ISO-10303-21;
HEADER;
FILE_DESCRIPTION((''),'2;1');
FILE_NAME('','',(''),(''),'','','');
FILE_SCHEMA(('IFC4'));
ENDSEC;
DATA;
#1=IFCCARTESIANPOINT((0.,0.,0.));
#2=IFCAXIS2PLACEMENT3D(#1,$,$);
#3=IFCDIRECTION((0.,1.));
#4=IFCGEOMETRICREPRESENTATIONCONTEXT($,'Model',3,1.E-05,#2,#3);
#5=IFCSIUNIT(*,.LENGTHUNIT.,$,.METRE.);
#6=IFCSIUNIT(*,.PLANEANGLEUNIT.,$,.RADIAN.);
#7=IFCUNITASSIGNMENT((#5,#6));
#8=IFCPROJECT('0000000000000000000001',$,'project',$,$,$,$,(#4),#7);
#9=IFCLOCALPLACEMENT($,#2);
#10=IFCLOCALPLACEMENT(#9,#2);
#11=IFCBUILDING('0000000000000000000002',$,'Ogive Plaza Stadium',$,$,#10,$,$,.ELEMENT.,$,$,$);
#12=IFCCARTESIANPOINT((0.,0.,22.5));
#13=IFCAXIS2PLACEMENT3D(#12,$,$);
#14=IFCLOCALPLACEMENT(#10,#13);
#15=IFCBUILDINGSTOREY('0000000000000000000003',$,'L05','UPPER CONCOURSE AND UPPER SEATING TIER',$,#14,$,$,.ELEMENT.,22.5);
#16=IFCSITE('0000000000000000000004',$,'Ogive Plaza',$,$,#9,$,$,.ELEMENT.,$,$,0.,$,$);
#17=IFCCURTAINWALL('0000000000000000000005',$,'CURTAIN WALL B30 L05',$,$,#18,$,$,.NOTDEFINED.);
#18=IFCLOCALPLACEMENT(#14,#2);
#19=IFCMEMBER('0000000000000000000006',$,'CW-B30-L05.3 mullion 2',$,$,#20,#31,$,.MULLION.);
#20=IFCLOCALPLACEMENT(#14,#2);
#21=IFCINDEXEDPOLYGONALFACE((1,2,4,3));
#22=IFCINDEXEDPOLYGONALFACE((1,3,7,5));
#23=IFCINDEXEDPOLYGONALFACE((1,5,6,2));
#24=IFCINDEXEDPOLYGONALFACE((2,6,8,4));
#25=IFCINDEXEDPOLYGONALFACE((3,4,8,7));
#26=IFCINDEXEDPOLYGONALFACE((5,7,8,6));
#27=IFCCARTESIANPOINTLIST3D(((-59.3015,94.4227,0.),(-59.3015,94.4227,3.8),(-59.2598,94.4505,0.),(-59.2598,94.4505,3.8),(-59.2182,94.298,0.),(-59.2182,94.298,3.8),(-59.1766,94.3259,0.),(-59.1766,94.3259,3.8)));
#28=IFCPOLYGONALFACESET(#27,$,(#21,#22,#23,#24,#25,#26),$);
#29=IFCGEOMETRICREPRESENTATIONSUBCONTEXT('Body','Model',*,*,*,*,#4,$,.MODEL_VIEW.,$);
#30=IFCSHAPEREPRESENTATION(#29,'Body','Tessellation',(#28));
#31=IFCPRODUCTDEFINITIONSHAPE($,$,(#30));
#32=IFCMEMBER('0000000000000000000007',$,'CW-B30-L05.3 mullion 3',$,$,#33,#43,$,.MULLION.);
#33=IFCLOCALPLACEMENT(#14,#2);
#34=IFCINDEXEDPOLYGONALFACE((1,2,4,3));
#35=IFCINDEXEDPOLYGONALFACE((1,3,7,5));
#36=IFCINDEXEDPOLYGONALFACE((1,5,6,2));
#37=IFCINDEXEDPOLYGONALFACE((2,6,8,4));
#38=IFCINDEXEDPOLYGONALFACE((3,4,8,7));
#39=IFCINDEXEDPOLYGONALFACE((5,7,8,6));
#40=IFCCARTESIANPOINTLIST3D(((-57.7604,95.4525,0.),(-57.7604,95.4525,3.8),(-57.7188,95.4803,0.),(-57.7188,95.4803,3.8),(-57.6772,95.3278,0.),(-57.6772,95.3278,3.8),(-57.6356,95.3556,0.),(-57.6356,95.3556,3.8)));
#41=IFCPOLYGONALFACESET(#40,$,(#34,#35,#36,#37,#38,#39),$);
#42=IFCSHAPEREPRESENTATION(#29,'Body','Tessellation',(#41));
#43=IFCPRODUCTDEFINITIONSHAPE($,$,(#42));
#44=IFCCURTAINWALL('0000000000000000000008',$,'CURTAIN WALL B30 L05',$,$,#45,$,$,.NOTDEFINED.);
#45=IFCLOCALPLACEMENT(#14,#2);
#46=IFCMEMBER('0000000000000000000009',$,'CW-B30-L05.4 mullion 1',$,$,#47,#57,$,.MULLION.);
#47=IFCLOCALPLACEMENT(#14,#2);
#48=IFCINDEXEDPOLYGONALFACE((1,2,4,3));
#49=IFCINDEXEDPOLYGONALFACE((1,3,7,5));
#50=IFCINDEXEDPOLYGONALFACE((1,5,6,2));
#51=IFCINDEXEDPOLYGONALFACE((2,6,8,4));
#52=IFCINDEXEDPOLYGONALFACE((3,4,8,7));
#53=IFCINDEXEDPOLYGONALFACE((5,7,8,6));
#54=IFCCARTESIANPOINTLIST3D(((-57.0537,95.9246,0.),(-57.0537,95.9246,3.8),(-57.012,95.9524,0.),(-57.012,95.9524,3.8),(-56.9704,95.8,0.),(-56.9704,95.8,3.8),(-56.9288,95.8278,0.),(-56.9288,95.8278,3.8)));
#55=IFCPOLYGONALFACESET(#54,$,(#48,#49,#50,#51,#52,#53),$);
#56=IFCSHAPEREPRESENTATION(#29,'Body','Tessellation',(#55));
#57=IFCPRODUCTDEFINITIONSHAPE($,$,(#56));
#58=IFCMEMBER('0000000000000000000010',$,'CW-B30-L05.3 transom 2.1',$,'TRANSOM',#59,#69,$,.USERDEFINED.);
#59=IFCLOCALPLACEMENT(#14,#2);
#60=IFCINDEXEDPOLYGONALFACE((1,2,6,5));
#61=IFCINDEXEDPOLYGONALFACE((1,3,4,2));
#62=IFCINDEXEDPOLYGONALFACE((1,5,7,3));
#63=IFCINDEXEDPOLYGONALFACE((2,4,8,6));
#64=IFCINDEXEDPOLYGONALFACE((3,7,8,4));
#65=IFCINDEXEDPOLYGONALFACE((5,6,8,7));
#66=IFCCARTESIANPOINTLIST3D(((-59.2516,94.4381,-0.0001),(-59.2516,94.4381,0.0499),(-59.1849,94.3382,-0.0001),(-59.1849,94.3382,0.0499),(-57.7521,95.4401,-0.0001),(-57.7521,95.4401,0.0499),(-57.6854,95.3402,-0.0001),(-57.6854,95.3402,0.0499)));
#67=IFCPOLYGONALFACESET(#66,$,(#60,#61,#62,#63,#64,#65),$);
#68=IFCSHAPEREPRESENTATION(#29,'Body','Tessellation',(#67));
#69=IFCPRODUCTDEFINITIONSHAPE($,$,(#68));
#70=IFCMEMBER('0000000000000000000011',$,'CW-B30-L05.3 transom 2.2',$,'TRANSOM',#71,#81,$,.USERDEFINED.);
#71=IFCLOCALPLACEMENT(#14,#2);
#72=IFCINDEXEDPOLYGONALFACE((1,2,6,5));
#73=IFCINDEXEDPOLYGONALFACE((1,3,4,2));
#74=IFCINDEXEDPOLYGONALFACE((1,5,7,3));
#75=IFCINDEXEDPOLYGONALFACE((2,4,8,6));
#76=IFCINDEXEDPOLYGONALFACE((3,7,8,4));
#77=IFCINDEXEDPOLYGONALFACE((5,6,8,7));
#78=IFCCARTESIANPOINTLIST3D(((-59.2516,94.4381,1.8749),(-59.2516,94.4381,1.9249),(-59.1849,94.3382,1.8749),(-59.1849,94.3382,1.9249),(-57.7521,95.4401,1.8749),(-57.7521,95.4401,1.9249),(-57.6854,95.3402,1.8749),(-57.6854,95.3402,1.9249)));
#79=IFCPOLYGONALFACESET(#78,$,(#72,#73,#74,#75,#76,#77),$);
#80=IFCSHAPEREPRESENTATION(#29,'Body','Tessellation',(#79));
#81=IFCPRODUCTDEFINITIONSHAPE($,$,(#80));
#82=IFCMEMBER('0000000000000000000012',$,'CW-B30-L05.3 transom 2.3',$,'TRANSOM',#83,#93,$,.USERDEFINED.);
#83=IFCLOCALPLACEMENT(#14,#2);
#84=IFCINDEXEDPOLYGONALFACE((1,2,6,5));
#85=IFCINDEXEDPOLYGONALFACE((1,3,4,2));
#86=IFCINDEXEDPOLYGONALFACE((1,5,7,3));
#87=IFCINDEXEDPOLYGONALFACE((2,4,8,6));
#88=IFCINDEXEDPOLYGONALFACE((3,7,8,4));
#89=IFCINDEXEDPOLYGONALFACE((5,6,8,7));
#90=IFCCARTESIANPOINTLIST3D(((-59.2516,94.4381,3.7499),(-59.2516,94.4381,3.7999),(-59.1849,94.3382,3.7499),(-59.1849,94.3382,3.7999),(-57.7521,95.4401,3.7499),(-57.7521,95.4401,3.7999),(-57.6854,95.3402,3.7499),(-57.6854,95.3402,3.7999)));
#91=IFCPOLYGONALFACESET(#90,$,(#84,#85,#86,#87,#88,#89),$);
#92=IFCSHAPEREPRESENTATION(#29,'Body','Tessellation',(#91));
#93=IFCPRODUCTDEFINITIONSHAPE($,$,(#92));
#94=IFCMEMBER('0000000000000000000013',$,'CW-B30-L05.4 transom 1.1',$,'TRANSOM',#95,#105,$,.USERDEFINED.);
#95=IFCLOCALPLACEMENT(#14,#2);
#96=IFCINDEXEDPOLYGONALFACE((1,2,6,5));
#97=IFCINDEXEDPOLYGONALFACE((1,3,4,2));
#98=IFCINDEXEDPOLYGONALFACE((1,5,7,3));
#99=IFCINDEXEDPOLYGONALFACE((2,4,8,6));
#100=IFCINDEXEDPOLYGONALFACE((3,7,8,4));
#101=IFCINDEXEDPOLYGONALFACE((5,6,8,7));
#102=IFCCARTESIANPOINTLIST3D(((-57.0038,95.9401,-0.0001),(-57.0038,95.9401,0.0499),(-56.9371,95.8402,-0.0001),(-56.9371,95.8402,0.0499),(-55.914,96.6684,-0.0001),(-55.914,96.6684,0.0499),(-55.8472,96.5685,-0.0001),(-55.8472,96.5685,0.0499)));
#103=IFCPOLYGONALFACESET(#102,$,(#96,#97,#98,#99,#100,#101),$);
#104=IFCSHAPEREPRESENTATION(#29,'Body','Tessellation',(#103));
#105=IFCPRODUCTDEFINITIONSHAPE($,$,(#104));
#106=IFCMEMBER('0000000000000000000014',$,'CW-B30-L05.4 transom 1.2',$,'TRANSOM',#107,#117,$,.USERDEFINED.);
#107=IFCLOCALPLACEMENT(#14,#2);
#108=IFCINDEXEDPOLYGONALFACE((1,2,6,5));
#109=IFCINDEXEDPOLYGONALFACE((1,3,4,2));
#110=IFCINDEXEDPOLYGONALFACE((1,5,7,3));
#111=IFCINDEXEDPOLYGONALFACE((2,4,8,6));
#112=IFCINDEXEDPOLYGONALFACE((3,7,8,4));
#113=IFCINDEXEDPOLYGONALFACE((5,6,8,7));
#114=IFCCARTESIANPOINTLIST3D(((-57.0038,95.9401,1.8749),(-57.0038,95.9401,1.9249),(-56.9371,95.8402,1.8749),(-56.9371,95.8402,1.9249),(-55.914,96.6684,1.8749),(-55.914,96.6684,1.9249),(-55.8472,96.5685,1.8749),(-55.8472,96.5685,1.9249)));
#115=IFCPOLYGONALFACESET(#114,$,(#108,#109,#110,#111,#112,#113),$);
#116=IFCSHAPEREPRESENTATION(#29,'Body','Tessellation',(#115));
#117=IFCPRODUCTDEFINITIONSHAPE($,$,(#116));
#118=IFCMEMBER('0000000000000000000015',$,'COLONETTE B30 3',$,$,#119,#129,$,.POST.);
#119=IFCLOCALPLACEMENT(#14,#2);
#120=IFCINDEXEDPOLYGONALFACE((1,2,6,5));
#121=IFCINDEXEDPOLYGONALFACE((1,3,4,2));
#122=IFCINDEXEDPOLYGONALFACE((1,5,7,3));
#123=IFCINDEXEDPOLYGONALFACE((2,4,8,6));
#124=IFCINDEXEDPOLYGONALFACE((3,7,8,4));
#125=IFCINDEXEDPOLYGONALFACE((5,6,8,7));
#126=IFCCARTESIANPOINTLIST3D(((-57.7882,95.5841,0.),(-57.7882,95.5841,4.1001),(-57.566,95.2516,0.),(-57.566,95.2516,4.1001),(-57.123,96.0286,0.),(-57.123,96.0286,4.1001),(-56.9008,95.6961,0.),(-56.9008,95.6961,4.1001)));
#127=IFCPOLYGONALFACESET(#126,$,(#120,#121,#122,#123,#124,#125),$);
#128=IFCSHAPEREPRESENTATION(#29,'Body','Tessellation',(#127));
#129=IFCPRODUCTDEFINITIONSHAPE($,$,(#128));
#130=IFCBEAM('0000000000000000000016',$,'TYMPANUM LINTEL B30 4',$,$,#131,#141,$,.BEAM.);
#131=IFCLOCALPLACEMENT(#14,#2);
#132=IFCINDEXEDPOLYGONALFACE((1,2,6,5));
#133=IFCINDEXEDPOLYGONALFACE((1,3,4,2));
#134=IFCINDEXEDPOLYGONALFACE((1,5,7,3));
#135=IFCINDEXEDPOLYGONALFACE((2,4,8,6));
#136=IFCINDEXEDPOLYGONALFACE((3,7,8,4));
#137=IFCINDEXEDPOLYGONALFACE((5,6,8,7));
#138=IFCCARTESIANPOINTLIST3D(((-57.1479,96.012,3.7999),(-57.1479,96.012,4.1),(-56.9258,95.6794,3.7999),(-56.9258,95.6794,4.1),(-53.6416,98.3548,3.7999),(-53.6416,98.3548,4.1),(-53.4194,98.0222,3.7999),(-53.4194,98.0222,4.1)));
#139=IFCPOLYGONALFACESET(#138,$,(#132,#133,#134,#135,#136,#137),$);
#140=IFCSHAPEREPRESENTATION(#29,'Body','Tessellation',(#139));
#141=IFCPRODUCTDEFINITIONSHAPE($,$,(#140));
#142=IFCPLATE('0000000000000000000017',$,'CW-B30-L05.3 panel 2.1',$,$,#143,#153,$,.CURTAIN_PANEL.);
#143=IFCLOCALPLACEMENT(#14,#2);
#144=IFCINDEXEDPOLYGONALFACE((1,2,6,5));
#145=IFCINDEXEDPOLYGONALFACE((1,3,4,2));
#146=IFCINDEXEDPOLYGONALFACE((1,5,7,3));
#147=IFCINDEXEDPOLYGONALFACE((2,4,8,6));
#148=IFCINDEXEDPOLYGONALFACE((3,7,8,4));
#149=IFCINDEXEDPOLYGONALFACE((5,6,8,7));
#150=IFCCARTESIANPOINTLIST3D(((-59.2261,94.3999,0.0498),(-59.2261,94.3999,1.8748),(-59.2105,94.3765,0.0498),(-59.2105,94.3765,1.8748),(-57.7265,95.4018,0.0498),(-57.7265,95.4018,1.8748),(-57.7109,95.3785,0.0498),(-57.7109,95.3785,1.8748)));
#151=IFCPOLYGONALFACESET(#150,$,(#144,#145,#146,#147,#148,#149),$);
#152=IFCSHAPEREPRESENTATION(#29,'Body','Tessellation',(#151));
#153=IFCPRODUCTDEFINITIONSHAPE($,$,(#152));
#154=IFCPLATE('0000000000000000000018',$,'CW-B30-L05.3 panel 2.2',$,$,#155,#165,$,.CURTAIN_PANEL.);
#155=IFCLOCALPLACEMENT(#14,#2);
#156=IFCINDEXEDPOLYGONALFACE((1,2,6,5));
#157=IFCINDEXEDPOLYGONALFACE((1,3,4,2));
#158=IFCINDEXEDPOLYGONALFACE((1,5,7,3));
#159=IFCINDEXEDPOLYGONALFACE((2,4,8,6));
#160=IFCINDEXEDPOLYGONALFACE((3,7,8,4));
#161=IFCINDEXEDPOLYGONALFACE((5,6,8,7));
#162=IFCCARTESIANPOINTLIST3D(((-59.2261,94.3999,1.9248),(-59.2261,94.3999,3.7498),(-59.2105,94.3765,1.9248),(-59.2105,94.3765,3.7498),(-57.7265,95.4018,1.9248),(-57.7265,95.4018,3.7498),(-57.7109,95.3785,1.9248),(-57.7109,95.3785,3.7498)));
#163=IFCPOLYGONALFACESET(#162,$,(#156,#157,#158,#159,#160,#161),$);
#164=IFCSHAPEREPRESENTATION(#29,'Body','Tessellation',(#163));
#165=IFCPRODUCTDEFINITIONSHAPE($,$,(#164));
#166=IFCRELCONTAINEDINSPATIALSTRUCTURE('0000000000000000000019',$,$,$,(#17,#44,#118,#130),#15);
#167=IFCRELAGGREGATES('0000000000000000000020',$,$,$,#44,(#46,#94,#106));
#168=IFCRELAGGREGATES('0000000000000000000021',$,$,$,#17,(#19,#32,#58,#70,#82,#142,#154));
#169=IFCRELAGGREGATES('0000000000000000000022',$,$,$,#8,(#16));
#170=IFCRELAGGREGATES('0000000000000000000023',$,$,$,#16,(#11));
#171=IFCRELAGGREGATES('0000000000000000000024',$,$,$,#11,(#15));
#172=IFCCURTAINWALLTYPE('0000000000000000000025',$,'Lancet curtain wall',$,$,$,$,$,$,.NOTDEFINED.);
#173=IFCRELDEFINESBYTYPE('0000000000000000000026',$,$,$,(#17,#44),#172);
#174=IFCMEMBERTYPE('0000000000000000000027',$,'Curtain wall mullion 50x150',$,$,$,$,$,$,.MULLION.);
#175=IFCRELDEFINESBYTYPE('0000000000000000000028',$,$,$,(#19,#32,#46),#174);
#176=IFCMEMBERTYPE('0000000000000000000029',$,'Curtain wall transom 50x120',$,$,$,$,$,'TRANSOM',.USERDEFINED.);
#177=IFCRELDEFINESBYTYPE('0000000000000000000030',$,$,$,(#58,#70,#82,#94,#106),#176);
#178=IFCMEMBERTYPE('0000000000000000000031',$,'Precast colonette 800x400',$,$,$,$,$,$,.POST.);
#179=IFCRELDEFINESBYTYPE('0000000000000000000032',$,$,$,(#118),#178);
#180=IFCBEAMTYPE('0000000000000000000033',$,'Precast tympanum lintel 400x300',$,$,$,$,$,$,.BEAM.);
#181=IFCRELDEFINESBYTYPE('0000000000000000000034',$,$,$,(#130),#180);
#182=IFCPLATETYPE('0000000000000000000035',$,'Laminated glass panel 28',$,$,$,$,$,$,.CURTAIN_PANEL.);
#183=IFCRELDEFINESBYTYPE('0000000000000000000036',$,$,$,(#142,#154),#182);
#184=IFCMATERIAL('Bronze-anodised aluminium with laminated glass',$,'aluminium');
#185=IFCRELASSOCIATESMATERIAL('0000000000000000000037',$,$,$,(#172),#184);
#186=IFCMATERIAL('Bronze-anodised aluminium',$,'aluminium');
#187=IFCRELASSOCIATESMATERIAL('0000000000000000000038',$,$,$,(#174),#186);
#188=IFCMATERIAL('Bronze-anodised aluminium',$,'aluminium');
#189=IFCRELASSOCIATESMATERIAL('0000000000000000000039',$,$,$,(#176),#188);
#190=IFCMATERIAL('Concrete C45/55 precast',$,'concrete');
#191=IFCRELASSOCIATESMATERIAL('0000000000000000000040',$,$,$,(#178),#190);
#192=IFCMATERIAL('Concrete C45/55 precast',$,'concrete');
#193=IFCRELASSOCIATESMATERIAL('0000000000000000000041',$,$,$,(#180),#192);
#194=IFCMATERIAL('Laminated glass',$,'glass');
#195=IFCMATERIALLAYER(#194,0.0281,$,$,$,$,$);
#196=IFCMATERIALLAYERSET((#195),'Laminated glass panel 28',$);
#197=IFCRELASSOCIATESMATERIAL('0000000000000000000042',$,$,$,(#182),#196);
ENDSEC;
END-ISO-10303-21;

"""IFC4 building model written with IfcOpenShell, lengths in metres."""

from ifc_helpers import new_model, si_unit, direction, frame, origin, origin_2d, place, context, subcontext, project, spatial, rectangle, extrude, material, layer, layer_set, material_profile, profile_set, type_object, element, aggregate, save


model = new_model("IFC4")

# Units and contexts
model_context = context("Model", 3, precision=1e-05, world=origin(), true_north=direction((0.0, 1.0)))
body_context = subcontext(model_context, "Body", "Model", "MODEL_VIEW")
ifc_project = project(units=[si_unit("LENGTHUNIT", "METRE"), si_unit("PLANEANGLEUNIT", "RADIAN")], contexts=[model_context])

# Site, building, storey
site_placement = place(None, origin())
site = spatial("IfcSite", under=ifc_project, at=site_placement, Name="Ogive Plaza", CompositionType="ELEMENT", RefElevation=0.0)
building_placement = place(site_placement, origin())
building = spatial("IfcBuilding", under=site, at=building_placement, Name="Ogive Plaza Stadium", CompositionType="ELEMENT")
storey_placement = place(building_placement, frame((0.0, 0.0, 22.5)))
storey = spatial("IfcBuildingStorey", under=building, at=storey_placement, Name="L05", Description="UPPER CONCOURSE AND UPPER SEATING TIER", CompositionType="ELEMENT", Elevation=22.5)

# Curtain wall, members
ifc_material_1 = material(Name="Bronze-anodised aluminium with laminated glass", Category="aluminium")
curtain_wall_type = type_object("IfcCurtainWallType", Name="Lancet curtain wall", PredefinedType="NOTDEFINED", material=ifc_material_1)
curtain_wall_1_placement = place(storey_placement, origin())
curtain_wall_1 = element("IfcCurtainWall", 1, at=curtain_wall_1_placement, inside=storey, type_object=curtain_wall_type, Name="CURTAIN WALL B30 L05", PredefinedType="NOTDEFINED")
ifc_material_2 = material(Name="Bronze-anodised aluminium", Category="aluminium")
ifc_material_profile_1 = material_profile(ifc_material_2, rectangle(XDim=0.1499, YDim=0.05, at=origin_2d()), Name="AL 150x50")
ifc_profile_set_1 = profile_set([ifc_material_profile_1], Name="Bronze-anodised aluminium")
member_type_1 = type_object("IfcMemberType", Name="Curtain wall mullion 50x150", PredefinedType="MULLION", material=ifc_profile_set_1)
member_1_placement = place(storey_placement, frame((-59.239, 94.3743, 0.0), z_axis=(0.0, 0.0, 1.0), x_axis=(-0.55557, 0.83147, 0.0)))
member_1 = element("IfcMember", 2, at=member_1_placement, type_object=member_type_1, Name="CW-B30-L05.3 mullion 2", PredefinedType="MULLION", context=body_context, shape_type="SweptSolid", body=[
    extrude(rectangle(XDim=0.1499, YDim=0.05, at=origin_2d()), origin(), (0.0, 0.0, 1.0), 3.8),
])
member_2_placement = place(storey_placement, frame((-57.698, 95.4041, 0.0), z_axis=(0.0, 0.0, 1.0), x_axis=(-0.55557, 0.83147, 0.0)))
member_2 = element("IfcMember", 3, at=member_2_placement, type_object=member_type_1, Name="CW-B30-L05.3 mullion 3", PredefinedType="MULLION", context=body_context, shape_type="SweptSolid", body=[
    extrude(rectangle(XDim=0.1499, YDim=0.05, at=origin_2d()), origin(), (0.0, 0.0, 1.0), 3.8),
])

# Curtain wall, member
curtain_wall_2_placement = place(storey_placement, origin())
curtain_wall_2 = element("IfcCurtainWall", 4, at=curtain_wall_2_placement, inside=storey, type_object=curtain_wall_type, Name="CURTAIN WALL B30 L05", PredefinedType="NOTDEFINED")
member_3_placement = place(storey_placement, frame((-56.9912, 95.8762, 0.0), z_axis=(0.0, 0.0, 1.0), x_axis=(-0.55557, 0.83147, 0.0)))
member_3 = element("IfcMember", 5, at=member_3_placement, type_object=member_type_1, Name="CW-B30-L05.4 mullion 1", PredefinedType="MULLION", context=body_context, shape_type="SweptSolid", body=[
    extrude(rectangle(XDim=0.1499, YDim=0.05, at=origin_2d()), origin(), (0.0, 0.0, 1.0), 3.8),
])

# Members
ifc_material_3 = material(Name="Bronze-anodised aluminium", Category="aluminium")
ifc_material_profile_2 = material_profile(ifc_material_3, rectangle(XDim=0.1201, YDim=0.05, at=origin_2d()), Name="AL 120x50")
ifc_profile_set_2 = profile_set([ifc_material_profile_2], Name="Bronze-anodised aluminium")
member_type_2 = type_object("IfcMemberType", Name="Curtain wall transom 50x120", ElementType="TRANSOM", PredefinedType="USERDEFINED", material=ifc_profile_set_2)
member_4_placement = place(storey_placement, frame((-59.2183, 94.3882, 0.0249), z_axis=(0.831467, 0.555575, 0.0), x_axis=(-0.555575, 0.831467, 0.0)))
member_4 = element("IfcMember", 6, at=member_4_placement, type_object=member_type_2, Name="CW-B30-L05.3 transom 2.1", ObjectType="TRANSOM", PredefinedType="USERDEFINED", context=body_context, shape_type="SweptSolid", body=[
    extrude(rectangle(XDim=0.1201, YDim=0.05, at=origin_2d()), origin(), (0.0, 0.0, 1.0), 1.8035),
])
member_5_placement = place(storey_placement, frame((-59.2183, 94.3882, 1.8999), z_axis=(0.831467, 0.555575, 0.0), x_axis=(-0.555575, 0.831467, 0.0)))
member_5 = element("IfcMember", 7, at=member_5_placement, type_object=member_type_2, Name="CW-B30-L05.3 transom 2.2", ObjectType="TRANSOM", PredefinedType="USERDEFINED", context=body_context, shape_type="SweptSolid", body=[
    extrude(rectangle(XDim=0.1201, YDim=0.05, at=origin_2d()), origin(), (0.0, 0.0, 1.0), 1.8035),
])
member_6_placement = place(storey_placement, frame((-59.2183, 94.3882, 3.7749), z_axis=(0.831467, 0.555575, 0.0), x_axis=(-0.555575, 0.831467, 0.0)))
member_6 = element("IfcMember", 8, at=member_6_placement, type_object=member_type_2, Name="CW-B30-L05.3 transom 2.3", ObjectType="TRANSOM", PredefinedType="USERDEFINED", context=body_context, shape_type="SweptSolid", body=[
    extrude(rectangle(XDim=0.1201, YDim=0.05, at=origin_2d()), origin(), (0.0, 0.0, 1.0), 1.8035),
])
member_7_placement = place(storey_placement, frame((-56.9705, 95.8901, 0.0249), z_axis=(0.831448, 0.555602, 0.0), x_axis=(-0.555602, 0.831448, 0.0)))
member_7 = element("IfcMember", 9, at=member_7_placement, type_object=member_type_2, Name="CW-B30-L05.4 transom 1.1", ObjectType="TRANSOM", PredefinedType="USERDEFINED", context=body_context, shape_type="SweptSolid", body=[
    extrude(rectangle(XDim=0.1201, YDim=0.05, at=origin_2d()), origin(), (0.0, 0.0, 1.0), 1.3108),
])
member_8_placement = place(storey_placement, frame((-56.9705, 95.8901, 1.8999), z_axis=(0.831448, 0.555602, 0.0), x_axis=(-0.555602, 0.831448, 0.0)))
member_8 = element("IfcMember", 10, at=member_8_placement, type_object=member_type_2, Name="CW-B30-L05.4 transom 1.2", ObjectType="TRANSOM", PredefinedType="USERDEFINED", context=body_context, shape_type="SweptSolid", body=[
    extrude(rectangle(XDim=0.1201, YDim=0.05, at=origin_2d()), origin(), (0.0, 0.0, 1.0), 1.3108),
])
aggregate(curtain_wall_2, [member_3, member_7, member_8])
ifc_material_4 = material(Name="Concrete C45/55 precast", Category="concrete")
ifc_material_profile_3 = material_profile(ifc_material_4, rectangle(XDim=0.3999, YDim=0.8, at=origin_2d()), Name="RC 400x800")
ifc_profile_set_3 = profile_set([ifc_material_profile_3], Name="Concrete C45/55 precast")
member_type_3 = type_object("IfcMemberType", Name="Precast colonette 800x400", PredefinedType="POST", material=ifc_profile_set_3)
member_9_placement = place(storey_placement, frame((-57.3445, 95.6401, 0.0), z_axis=(0.0, 0.0, 1.0), x_axis=(-0.55557, 0.83147, 0.0)))
element("IfcMember", 11, at=member_9_placement, inside=storey, type_object=member_type_3, Name="COLONETTE B30 3", PredefinedType="POST", context=body_context, shape_type="SweptSolid", body=[
    extrude(rectangle(XDim=0.3999, YDim=0.8, at=origin_2d()), origin(), (0.0, 0.0, 1.0), 4.1001),
])

# Beam
ifc_material_5 = material(Name="Concrete C45/55 precast", Category="concrete")
ifc_material_profile_4 = material_profile(ifc_material_5, rectangle(XDim=0.3999, YDim=0.3, at=origin_2d()), Name="RC 400x300")
ifc_profile_set_4 = profile_set([ifc_material_profile_4], Name="Concrete C45/55 precast")
beam_type = type_object("IfcBeamType", Name="Precast tympanum lintel 400x300", PredefinedType="BEAM", material=ifc_profile_set_4)
beam_placement = place(storey_placement, frame((-57.0369, 95.8457, 3.95), z_axis=(0.83148, 0.555555, 0.0), x_axis=(-0.555555, 0.83148, 0.0)))
element("IfcBeam", 12, at=beam_placement, inside=storey, type_object=beam_type, Name="TYMPANUM LINTEL B30 4", PredefinedType="BEAM", context=body_context, shape_type="SweptSolid", body=[
    extrude(rectangle(XDim=0.3999, YDim=0.3, at=origin_2d()), origin(), (0.0, 0.0, 1.0), 4.217),
])

# Plates
ifc_material_6 = material(Name="Laminated glass", Category="glass")
ifc_layer_1 = layer(ifc_material_6, 0.0281)
ifc_layer_set_1 = layer_set([ifc_layer_1], Name="Laminated glass panel 28")
plate_type = type_object("IfcPlateType", Name="Laminated glass panel 28", PredefinedType="CURTAIN_PANEL", material=ifc_layer_set_1)
plate_1_placement = place(storey_placement, frame((-58.4685, 94.8892, 0.0498), z_axis=(0.0, 0.0, 1.0), x_axis=(0.83147, 0.55557, 0.0)))
plate_1 = element("IfcPlate", 13, at=plate_1_placement, type_object=plate_type, Name="CW-B30-L05.3 panel 2.1", PredefinedType="CURTAIN_PANEL", context=body_context, shape_type="SweptSolid", body=[
    extrude(rectangle(XDim=1.8035, YDim=0.0281, at=origin_2d()), origin(), (0.0, 0.0, 1.0), 1.825),
])
plate_2_placement = place(storey_placement, frame((-58.4685, 94.8892, 1.9248), z_axis=(0.0, 0.0, 1.0), x_axis=(0.83147, 0.55557, 0.0)))
plate_2 = element("IfcPlate", 14, at=plate_2_placement, type_object=plate_type, Name="CW-B30-L05.3 panel 2.2", PredefinedType="CURTAIN_PANEL", context=body_context, shape_type="SweptSolid", body=[
    extrude(rectangle(XDim=1.8035, YDim=0.0281, at=origin_2d()), origin(), (0.0, 0.0, 1.0), 1.825),
])
aggregate(curtain_wall_1, [member_1, member_2, member_4, member_5, member_6, plate_1, plate_2])

save(model, "model.ifc")
